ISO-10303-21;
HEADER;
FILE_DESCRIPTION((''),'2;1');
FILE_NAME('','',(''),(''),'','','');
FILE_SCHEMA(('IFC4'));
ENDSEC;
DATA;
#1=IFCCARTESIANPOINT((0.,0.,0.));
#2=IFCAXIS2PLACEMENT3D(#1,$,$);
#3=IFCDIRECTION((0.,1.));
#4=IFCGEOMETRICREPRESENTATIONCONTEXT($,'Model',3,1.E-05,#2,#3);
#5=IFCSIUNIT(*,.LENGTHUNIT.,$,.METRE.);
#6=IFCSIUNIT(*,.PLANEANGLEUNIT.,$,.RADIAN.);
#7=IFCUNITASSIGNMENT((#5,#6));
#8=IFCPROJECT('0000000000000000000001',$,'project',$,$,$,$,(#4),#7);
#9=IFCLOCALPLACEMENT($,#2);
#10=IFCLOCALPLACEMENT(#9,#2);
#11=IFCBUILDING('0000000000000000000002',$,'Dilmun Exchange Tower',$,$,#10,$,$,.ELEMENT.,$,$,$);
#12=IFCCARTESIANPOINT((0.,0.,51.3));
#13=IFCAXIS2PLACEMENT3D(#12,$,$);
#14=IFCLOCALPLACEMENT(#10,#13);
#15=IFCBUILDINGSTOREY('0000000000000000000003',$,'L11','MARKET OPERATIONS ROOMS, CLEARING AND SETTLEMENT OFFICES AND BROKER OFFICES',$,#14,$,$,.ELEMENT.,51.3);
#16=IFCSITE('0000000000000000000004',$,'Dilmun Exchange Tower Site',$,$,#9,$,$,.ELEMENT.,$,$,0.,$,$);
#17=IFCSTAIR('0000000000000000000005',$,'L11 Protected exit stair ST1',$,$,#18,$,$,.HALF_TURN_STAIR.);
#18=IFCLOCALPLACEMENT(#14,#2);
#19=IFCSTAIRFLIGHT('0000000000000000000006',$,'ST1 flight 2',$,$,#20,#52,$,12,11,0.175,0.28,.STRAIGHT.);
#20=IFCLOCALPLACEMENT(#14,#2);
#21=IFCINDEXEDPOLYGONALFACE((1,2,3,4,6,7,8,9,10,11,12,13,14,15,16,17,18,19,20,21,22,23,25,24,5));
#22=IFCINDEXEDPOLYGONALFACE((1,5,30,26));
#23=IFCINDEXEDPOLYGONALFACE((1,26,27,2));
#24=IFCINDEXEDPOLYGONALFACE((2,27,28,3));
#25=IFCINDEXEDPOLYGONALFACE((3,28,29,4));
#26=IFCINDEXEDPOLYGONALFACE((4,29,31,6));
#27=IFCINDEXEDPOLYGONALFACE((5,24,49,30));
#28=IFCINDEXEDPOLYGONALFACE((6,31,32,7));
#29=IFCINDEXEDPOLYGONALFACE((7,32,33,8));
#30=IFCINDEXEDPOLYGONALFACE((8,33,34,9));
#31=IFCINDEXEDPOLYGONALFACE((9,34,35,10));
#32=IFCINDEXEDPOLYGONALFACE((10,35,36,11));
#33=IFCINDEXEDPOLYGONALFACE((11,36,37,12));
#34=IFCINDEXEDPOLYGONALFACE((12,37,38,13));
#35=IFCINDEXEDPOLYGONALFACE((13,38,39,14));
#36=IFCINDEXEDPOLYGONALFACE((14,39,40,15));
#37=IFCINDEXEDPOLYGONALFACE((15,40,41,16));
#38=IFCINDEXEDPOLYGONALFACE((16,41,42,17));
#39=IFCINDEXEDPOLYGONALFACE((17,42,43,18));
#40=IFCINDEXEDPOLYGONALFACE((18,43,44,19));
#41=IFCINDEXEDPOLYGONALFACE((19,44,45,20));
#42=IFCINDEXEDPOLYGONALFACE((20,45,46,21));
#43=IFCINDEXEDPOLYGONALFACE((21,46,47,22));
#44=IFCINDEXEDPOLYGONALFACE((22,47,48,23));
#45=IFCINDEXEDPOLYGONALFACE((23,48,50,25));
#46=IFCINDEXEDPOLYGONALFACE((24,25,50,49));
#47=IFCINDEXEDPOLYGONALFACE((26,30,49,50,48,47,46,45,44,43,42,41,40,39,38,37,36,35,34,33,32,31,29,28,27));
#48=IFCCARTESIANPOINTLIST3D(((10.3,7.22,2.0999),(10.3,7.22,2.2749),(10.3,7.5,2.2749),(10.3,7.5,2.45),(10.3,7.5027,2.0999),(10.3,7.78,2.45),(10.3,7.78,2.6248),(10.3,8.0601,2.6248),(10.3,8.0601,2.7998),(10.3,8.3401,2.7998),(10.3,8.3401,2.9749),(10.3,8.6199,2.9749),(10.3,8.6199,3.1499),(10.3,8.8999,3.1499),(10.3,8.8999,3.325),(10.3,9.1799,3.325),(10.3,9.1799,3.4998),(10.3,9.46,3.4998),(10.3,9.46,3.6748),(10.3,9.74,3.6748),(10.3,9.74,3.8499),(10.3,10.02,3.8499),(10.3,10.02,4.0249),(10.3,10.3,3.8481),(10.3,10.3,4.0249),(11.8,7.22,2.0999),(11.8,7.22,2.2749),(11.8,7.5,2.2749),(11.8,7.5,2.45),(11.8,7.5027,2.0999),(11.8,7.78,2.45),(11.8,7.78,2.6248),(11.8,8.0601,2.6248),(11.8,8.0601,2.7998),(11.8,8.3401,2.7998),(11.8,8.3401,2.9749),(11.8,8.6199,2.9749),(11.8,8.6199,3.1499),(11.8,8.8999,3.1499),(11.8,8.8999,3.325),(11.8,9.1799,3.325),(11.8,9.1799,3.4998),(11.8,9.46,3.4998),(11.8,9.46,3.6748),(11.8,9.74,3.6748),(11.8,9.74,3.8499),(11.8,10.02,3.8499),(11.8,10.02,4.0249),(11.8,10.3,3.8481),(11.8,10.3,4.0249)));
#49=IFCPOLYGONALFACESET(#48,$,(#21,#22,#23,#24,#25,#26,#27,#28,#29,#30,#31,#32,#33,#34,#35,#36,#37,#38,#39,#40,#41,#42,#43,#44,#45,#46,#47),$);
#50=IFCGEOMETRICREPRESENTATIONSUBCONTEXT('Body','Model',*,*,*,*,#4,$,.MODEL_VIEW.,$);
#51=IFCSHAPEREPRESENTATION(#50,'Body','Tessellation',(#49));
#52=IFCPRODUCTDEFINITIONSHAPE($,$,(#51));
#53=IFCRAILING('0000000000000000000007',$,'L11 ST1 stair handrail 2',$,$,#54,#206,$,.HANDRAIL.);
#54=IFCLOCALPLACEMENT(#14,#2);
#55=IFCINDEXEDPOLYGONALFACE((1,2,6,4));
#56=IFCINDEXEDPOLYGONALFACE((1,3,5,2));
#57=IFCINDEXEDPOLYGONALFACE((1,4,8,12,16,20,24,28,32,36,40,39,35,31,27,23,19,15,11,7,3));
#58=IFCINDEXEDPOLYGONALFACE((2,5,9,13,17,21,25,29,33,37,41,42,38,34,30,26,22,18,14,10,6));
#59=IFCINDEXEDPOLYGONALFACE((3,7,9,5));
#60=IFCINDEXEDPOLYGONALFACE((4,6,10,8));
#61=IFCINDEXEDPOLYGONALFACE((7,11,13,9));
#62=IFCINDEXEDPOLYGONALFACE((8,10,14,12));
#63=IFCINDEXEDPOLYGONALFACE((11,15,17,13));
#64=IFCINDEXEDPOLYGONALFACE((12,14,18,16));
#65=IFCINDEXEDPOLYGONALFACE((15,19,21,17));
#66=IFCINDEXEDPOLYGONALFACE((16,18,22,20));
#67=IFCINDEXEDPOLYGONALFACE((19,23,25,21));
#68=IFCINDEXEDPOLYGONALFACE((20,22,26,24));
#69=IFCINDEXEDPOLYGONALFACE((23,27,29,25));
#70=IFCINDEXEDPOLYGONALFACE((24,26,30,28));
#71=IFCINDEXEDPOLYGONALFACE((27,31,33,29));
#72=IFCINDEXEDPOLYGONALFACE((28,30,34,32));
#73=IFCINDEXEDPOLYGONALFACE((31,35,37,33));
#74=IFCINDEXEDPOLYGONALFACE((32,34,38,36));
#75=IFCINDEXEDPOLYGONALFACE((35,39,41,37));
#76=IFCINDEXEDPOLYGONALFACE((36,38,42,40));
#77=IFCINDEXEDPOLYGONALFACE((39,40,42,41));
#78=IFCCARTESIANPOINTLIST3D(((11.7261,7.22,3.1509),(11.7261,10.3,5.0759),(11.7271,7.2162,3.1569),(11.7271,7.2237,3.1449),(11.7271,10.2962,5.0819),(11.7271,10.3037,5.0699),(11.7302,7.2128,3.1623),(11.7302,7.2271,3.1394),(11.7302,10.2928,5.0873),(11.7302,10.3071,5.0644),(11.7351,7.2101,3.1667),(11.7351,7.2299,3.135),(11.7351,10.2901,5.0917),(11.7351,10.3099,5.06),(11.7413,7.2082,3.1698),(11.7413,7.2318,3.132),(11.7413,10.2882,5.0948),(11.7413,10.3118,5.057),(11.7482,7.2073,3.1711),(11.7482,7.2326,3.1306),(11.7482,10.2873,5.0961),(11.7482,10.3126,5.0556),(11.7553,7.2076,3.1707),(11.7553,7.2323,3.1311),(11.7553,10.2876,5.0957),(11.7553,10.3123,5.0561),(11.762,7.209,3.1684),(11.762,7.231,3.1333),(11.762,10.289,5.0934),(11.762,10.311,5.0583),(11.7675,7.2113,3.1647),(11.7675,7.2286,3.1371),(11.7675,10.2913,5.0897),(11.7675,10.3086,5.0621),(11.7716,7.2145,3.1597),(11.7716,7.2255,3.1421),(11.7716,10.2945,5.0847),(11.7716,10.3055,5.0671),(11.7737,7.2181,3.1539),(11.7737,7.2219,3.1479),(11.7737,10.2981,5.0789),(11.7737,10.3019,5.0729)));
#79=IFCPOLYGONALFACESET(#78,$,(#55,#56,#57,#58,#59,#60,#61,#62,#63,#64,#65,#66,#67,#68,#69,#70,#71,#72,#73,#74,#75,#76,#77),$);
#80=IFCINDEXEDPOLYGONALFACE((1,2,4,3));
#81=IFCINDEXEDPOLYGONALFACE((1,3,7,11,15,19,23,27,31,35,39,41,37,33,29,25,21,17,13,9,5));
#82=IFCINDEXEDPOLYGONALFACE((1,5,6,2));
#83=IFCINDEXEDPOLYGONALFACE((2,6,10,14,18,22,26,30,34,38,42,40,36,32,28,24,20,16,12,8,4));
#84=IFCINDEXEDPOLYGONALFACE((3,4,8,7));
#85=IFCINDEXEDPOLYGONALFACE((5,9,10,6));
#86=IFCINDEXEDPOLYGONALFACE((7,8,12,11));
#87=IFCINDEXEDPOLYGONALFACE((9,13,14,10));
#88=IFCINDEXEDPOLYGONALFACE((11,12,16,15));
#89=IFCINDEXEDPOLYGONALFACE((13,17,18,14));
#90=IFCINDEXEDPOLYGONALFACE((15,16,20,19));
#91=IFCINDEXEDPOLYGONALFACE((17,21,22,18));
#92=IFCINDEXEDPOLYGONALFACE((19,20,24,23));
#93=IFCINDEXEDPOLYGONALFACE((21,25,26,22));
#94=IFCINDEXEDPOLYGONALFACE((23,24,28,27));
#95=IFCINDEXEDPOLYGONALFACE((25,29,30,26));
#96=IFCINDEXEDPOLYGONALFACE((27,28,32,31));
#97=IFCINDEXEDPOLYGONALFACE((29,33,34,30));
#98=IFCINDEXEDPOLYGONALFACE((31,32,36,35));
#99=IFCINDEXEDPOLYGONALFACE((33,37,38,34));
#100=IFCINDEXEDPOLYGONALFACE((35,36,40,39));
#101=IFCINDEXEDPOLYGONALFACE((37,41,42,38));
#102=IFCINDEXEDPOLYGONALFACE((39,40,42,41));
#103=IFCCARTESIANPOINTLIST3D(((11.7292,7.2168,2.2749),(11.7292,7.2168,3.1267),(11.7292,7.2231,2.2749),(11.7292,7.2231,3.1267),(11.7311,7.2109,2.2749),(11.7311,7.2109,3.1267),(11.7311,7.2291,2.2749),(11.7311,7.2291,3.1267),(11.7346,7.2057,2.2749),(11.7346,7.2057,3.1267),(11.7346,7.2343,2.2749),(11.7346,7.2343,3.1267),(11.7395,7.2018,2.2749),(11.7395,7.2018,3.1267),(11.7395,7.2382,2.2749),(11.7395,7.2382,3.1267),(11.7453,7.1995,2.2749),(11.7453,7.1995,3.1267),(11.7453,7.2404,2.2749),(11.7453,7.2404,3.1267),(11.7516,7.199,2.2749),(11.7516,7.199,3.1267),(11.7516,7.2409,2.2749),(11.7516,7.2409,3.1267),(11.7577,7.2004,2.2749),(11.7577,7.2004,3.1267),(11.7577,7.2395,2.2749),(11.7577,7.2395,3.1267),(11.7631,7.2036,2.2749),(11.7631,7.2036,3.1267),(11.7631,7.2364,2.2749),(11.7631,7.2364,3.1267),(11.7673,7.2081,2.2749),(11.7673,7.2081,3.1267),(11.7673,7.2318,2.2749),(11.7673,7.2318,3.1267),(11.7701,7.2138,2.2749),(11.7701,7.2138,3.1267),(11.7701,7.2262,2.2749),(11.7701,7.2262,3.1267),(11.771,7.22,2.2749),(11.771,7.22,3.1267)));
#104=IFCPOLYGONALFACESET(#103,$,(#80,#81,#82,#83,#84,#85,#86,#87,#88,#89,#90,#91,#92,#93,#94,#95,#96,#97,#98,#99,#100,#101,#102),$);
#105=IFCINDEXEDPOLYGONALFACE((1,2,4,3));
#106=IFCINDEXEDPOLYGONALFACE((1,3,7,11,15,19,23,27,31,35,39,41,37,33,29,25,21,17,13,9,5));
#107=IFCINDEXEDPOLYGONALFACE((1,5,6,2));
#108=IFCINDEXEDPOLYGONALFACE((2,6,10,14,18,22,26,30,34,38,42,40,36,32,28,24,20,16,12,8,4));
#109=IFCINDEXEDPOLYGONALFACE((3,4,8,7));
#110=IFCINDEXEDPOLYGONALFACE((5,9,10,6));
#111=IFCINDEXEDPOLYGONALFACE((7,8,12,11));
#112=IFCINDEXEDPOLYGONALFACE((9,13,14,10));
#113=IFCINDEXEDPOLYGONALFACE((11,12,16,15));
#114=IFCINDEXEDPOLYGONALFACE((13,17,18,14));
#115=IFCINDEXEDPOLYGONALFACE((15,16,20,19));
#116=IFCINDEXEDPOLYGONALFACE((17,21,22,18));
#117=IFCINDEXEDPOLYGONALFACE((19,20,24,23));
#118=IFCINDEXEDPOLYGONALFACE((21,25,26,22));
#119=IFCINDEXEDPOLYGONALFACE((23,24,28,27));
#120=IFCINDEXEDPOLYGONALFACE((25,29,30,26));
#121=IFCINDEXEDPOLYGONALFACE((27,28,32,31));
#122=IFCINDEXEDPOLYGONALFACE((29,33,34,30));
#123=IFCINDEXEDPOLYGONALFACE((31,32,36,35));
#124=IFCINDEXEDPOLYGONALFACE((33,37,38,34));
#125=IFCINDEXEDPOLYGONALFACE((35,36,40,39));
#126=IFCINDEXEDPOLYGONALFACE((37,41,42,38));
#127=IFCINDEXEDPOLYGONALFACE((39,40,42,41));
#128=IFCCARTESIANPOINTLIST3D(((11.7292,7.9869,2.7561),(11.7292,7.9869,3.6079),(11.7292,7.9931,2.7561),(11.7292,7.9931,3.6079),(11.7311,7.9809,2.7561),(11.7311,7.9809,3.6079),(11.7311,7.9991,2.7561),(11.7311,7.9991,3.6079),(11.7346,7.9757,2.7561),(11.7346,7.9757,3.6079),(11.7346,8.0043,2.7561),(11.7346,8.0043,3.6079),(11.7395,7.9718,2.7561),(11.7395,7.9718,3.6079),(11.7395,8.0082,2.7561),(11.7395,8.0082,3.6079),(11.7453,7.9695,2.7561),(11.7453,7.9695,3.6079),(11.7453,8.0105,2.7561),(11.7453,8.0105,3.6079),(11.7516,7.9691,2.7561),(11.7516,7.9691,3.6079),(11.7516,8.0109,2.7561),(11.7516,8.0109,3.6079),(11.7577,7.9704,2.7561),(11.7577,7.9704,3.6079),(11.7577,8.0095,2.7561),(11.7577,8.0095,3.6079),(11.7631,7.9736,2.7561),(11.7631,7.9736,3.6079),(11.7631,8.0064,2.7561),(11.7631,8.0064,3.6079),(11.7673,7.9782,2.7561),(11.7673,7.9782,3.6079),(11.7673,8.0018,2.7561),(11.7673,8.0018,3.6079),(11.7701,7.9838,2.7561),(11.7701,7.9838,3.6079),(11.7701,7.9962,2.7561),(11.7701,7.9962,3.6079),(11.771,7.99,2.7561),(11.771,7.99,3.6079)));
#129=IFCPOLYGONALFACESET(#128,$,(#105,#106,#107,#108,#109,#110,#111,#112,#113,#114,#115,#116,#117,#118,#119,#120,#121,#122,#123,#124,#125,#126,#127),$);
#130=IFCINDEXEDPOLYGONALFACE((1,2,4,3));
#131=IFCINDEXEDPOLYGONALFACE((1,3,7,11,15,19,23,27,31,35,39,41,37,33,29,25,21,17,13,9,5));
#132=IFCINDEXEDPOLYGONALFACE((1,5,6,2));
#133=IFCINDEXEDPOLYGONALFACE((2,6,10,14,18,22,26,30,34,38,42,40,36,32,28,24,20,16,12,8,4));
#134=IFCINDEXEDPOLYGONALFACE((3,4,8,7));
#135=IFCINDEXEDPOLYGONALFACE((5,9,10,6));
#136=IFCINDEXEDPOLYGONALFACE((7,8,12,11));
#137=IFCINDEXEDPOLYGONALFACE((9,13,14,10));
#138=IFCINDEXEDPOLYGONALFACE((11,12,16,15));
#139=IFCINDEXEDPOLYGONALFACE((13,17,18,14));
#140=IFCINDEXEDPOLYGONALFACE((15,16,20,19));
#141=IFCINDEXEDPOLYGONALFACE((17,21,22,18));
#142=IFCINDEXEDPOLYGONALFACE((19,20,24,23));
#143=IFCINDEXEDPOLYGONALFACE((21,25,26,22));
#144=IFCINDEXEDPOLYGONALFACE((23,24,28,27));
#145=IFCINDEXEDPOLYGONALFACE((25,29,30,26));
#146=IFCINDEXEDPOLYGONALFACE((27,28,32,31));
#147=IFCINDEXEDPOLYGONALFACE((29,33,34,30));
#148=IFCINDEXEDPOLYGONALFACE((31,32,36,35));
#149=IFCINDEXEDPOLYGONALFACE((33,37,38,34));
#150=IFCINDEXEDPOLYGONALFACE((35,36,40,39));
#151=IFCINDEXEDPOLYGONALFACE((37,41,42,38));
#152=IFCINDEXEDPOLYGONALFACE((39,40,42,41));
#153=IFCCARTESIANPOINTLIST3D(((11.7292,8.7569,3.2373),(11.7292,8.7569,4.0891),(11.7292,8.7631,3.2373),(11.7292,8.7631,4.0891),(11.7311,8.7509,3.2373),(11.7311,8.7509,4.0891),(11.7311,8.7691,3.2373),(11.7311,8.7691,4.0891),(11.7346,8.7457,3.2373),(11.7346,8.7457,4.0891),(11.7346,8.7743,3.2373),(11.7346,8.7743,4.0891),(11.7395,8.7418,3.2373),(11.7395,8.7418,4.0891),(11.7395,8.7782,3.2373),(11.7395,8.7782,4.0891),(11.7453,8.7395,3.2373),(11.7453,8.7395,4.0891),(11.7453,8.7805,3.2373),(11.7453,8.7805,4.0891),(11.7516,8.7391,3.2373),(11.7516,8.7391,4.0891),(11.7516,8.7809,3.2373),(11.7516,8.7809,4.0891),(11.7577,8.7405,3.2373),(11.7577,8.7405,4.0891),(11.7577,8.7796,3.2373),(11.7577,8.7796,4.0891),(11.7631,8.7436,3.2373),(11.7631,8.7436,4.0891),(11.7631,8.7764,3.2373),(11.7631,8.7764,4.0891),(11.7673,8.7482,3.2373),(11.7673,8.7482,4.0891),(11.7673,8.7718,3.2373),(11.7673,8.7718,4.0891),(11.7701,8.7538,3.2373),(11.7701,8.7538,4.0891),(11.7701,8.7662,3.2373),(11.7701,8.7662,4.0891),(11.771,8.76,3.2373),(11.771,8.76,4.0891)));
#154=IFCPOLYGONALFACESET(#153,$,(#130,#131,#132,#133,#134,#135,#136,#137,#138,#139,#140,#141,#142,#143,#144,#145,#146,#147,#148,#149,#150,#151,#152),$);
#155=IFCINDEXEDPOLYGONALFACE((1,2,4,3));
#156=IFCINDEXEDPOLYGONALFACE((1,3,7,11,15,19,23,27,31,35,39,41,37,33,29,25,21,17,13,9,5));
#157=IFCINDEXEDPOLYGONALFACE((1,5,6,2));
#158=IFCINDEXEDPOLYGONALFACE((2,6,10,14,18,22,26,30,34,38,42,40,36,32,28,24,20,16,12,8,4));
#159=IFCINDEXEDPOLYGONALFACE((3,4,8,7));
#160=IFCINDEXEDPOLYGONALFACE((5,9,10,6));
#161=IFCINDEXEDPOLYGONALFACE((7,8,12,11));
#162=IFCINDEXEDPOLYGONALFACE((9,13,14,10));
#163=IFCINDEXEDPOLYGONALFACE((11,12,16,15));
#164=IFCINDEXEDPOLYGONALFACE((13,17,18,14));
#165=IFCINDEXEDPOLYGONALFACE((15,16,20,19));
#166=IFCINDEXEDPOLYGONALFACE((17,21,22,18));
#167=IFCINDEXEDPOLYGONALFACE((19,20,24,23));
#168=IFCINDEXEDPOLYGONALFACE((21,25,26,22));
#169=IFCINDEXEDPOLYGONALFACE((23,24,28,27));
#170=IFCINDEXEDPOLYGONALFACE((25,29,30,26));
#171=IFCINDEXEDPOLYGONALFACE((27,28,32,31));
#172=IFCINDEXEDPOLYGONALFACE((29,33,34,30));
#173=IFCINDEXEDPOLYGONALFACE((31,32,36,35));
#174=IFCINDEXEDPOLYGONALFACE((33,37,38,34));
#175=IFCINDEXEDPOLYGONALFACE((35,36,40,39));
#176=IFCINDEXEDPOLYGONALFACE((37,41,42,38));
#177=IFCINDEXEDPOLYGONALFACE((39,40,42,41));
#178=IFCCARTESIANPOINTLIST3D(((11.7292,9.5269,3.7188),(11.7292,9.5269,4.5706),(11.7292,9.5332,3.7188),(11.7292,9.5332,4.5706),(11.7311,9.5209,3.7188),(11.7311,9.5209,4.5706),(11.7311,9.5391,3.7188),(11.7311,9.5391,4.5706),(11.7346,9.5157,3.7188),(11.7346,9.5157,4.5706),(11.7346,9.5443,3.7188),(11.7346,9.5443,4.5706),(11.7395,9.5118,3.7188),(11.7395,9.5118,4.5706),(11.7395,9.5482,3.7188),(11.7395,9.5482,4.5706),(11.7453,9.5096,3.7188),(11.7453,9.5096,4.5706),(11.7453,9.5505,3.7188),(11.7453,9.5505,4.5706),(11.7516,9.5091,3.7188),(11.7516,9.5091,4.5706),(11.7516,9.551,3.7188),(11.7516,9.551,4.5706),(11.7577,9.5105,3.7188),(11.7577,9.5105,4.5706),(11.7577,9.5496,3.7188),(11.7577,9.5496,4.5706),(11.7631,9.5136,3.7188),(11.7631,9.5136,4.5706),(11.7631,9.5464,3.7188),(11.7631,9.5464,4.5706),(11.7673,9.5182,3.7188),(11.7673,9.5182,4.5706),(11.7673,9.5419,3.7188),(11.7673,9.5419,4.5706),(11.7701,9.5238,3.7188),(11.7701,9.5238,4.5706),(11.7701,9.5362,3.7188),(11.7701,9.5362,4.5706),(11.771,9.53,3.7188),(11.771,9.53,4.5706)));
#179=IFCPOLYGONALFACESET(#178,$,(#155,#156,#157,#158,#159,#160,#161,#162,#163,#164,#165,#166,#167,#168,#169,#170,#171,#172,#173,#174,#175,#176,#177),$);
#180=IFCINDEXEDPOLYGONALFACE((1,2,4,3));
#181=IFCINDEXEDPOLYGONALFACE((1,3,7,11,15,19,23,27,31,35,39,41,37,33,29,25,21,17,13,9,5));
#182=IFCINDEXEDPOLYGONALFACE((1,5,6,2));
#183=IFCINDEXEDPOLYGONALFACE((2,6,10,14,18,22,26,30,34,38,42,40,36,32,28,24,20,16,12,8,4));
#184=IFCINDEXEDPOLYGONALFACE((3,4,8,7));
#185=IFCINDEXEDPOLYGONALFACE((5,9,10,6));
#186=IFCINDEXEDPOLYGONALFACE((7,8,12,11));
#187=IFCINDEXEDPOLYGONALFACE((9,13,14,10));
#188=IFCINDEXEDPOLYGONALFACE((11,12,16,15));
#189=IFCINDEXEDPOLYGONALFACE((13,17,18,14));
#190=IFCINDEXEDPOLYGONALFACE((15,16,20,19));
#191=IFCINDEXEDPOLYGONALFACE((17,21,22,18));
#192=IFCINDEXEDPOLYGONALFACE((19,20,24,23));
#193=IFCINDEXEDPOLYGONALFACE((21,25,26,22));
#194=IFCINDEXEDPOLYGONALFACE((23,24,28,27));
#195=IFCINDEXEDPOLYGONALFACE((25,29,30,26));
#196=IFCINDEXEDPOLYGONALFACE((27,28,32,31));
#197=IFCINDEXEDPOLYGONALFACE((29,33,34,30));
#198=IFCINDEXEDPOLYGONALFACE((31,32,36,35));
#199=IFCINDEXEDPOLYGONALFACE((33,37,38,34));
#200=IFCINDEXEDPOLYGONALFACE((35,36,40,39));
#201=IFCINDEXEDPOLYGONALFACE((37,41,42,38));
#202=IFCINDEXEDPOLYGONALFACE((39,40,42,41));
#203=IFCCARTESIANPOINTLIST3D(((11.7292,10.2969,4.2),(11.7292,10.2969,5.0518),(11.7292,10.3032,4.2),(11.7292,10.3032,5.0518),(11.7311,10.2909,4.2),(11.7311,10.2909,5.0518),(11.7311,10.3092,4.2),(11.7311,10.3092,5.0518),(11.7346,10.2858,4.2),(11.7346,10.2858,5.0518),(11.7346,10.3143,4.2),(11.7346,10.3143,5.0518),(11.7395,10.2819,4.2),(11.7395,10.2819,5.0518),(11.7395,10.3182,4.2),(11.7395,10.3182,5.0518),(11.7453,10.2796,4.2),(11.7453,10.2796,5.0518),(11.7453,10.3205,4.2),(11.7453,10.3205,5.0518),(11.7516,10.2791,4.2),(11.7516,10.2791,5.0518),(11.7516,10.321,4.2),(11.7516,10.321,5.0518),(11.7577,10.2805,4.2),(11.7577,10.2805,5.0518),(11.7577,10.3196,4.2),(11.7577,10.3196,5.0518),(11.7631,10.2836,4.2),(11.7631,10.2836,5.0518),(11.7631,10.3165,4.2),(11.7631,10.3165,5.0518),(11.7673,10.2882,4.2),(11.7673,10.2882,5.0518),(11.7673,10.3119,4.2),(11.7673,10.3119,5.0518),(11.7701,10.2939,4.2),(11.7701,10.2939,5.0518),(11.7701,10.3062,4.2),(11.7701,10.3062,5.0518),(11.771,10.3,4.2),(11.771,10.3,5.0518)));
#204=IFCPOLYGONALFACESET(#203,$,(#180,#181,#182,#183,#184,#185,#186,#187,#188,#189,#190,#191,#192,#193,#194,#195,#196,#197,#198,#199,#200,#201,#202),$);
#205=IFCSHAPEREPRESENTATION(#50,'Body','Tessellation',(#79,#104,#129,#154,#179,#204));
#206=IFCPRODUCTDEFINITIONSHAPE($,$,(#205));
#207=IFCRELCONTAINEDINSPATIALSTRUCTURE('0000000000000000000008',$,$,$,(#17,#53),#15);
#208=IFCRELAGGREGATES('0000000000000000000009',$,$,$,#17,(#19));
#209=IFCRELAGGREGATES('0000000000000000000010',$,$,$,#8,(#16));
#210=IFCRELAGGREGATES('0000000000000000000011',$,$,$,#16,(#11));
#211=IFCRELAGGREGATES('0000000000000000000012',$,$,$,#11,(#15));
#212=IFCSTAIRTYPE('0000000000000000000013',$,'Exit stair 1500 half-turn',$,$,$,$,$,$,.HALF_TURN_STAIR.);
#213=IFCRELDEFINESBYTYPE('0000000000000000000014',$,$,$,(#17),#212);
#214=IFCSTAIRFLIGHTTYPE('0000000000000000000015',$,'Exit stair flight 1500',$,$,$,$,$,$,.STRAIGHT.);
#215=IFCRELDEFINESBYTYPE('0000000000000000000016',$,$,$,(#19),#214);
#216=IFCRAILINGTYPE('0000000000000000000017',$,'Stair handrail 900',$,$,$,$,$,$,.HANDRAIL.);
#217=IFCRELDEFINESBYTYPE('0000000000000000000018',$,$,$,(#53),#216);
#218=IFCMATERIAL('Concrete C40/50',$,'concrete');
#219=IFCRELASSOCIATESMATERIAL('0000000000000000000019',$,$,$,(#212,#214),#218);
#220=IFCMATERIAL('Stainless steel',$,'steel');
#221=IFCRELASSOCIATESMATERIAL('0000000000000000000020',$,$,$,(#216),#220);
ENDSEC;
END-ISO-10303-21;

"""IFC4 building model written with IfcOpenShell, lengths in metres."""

from ifc_helpers import new_model, si_unit, direction, frame, origin, origin_2d, place, context, subcontext, project, spatial, polyline, circle, outline, extrude, material, type_object, element, aggregate, save


model = new_model("IFC4")

# Units and contexts
model_context = context("Model", 3, precision=1e-05, world=origin(), true_north=direction((0.0, 1.0)))
body_context = subcontext(model_context, "Body", "Model", "MODEL_VIEW")
ifc_project = project(units=[si_unit("LENGTHUNIT", "METRE"), si_unit("PLANEANGLEUNIT", "RADIAN")], contexts=[model_context])

# Site, building, storey
site_placement = place(None, origin())
site = spatial("IfcSite", under=ifc_project, at=site_placement, Name="Dilmun Exchange Tower Site", CompositionType="ELEMENT", RefElevation=0.0)
building_placement = place(site_placement, origin())
building = spatial("IfcBuilding", under=site, at=building_placement, Name="Dilmun Exchange Tower", CompositionType="ELEMENT")
storey_placement = place(building_placement, frame((0.0, 0.0, 51.3)))
storey = spatial("IfcBuildingStorey", under=building, at=storey_placement, Name="L11", Description="MARKET OPERATIONS ROOMS, CLEARING AND SETTLEMENT OFFICES AND BROKER OFFICES", CompositionType="ELEMENT", Elevation=51.3)

# Shared definitions
ifc_material_1 = material(Name="Concrete C40/50", Category="concrete")

# Stair, stair flight
stair_type = type_object("IfcStairType", Name="Exit stair 1500 half-turn", PredefinedType="HALF_TURN_STAIR", material=ifc_material_1)
stair_placement = place(storey_placement, origin())
stair = element("IfcStair", 1, at=stair_placement, inside=storey, type_object=stair_type, Name="L11 Protected exit stair ST1", PredefinedType="HALF_TURN_STAIR")
stair_flight_type = type_object("IfcStairFlightType", Name="Exit stair flight 1500", PredefinedType="STRAIGHT", material=ifc_material_1)
stair_flight_1_placement = place(storey_placement, frame((11.05, 7.22, 2.0999), z_axis=(0.0, 0.0, 1.0), x_axis=(0.0, 1.0, 0.0)))
stair_flight_1 = element("IfcStairFlight", 2, at=stair_flight_1_placement, type_object=stair_flight_type, Name="ST1 flight 2", NumberOfRisers=12, NumberOfTreads=11, PredefinedType="STRAIGHT", RiserHeight=0.175, TreadLength=0.28, context=body_context, shape_type="SweptSolid", body=[
    extrude(outline(polyline([(0.0, 0.0), (0.0, 0.175), (0.28, 0.175), (0.28, 0.3501), (0.5601, 0.3501), (0.5601, 0.5249), (0.8401, 0.5249), (0.8401, 0.7), (1.1201, 0.7), (1.1201, 0.875), (1.3999, 0.875), (1.3999, 1.05), (1.6799, 1.05), (1.6799, 1.2251), (1.96, 1.2251), (1.96, 1.3999), (2.24, 1.3999), (2.24, 1.575), (2.52, 1.575), (2.52, 1.75), (2.8, 1.75), (2.8, 1.925), (3.0801, 1.925), (3.0801, 2.1001), (3.0801, 1.7483), (0.2827, 0.0), (0.0, 0.0)])), frame((0.0, 0.75, 0.0), z_axis=(0.0, -1.0, 0.0), x_axis=(1.0, 0.0, 0.0)), (0.0, 0.0, 1.0), 1.5),
])
aggregate(stair, [stair_flight_1])

# Railing
ifc_material_2 = material(Name="Stainless steel", Category="steel")
railing_type = type_object("IfcRailingType", Name="Stair handrail 900", PredefinedType="HANDRAIL", material=ifc_material_2)
railing_placement = place(storey_placement, frame((11.75, 7.22, 2.2749)))
element("IfcRailing", 3, at=railing_placement, inside=storey, type_object=railing_type, Name="L11 ST1 stair handrail 2", PredefinedType="HANDRAIL", context=body_context, shape_type="SweptSolid", body=[
    extrude(circle(Radius=0.0239, at=origin_2d()), frame((0.0, 0.0, 0.876), z_axis=(0.0, 0.847998, 0.529999), x_axis=(-1.0, 0.0, 0.0)), (0.0, 0.0, 1.0), 3.6321),
    extrude(circle(Radius=0.021, at=origin_2d()), origin(), (0.0, 0.0, 1.0), 0.8518),
    extrude(circle(Radius=0.021, at=origin_2d()), frame((0.0, 0.77, 0.4812)), (0.0, 0.0, 1.0), 0.8518),
    extrude(circle(Radius=0.021, at=origin_2d()), frame((0.0, 1.54, 0.9624)), (0.0, 0.0, 1.0), 0.8518),
    extrude(circle(Radius=0.021, at=origin_2d()), frame((0.0, 2.3101, 1.4438)), (0.0, 0.0, 1.0), 0.8518),
    extrude(circle(Radius=0.021, at=origin_2d()), frame((0.0, 3.0801, 1.925)), (0.0, 0.0, 1.0), 0.8518),
])

save(model, "model.ifc")
